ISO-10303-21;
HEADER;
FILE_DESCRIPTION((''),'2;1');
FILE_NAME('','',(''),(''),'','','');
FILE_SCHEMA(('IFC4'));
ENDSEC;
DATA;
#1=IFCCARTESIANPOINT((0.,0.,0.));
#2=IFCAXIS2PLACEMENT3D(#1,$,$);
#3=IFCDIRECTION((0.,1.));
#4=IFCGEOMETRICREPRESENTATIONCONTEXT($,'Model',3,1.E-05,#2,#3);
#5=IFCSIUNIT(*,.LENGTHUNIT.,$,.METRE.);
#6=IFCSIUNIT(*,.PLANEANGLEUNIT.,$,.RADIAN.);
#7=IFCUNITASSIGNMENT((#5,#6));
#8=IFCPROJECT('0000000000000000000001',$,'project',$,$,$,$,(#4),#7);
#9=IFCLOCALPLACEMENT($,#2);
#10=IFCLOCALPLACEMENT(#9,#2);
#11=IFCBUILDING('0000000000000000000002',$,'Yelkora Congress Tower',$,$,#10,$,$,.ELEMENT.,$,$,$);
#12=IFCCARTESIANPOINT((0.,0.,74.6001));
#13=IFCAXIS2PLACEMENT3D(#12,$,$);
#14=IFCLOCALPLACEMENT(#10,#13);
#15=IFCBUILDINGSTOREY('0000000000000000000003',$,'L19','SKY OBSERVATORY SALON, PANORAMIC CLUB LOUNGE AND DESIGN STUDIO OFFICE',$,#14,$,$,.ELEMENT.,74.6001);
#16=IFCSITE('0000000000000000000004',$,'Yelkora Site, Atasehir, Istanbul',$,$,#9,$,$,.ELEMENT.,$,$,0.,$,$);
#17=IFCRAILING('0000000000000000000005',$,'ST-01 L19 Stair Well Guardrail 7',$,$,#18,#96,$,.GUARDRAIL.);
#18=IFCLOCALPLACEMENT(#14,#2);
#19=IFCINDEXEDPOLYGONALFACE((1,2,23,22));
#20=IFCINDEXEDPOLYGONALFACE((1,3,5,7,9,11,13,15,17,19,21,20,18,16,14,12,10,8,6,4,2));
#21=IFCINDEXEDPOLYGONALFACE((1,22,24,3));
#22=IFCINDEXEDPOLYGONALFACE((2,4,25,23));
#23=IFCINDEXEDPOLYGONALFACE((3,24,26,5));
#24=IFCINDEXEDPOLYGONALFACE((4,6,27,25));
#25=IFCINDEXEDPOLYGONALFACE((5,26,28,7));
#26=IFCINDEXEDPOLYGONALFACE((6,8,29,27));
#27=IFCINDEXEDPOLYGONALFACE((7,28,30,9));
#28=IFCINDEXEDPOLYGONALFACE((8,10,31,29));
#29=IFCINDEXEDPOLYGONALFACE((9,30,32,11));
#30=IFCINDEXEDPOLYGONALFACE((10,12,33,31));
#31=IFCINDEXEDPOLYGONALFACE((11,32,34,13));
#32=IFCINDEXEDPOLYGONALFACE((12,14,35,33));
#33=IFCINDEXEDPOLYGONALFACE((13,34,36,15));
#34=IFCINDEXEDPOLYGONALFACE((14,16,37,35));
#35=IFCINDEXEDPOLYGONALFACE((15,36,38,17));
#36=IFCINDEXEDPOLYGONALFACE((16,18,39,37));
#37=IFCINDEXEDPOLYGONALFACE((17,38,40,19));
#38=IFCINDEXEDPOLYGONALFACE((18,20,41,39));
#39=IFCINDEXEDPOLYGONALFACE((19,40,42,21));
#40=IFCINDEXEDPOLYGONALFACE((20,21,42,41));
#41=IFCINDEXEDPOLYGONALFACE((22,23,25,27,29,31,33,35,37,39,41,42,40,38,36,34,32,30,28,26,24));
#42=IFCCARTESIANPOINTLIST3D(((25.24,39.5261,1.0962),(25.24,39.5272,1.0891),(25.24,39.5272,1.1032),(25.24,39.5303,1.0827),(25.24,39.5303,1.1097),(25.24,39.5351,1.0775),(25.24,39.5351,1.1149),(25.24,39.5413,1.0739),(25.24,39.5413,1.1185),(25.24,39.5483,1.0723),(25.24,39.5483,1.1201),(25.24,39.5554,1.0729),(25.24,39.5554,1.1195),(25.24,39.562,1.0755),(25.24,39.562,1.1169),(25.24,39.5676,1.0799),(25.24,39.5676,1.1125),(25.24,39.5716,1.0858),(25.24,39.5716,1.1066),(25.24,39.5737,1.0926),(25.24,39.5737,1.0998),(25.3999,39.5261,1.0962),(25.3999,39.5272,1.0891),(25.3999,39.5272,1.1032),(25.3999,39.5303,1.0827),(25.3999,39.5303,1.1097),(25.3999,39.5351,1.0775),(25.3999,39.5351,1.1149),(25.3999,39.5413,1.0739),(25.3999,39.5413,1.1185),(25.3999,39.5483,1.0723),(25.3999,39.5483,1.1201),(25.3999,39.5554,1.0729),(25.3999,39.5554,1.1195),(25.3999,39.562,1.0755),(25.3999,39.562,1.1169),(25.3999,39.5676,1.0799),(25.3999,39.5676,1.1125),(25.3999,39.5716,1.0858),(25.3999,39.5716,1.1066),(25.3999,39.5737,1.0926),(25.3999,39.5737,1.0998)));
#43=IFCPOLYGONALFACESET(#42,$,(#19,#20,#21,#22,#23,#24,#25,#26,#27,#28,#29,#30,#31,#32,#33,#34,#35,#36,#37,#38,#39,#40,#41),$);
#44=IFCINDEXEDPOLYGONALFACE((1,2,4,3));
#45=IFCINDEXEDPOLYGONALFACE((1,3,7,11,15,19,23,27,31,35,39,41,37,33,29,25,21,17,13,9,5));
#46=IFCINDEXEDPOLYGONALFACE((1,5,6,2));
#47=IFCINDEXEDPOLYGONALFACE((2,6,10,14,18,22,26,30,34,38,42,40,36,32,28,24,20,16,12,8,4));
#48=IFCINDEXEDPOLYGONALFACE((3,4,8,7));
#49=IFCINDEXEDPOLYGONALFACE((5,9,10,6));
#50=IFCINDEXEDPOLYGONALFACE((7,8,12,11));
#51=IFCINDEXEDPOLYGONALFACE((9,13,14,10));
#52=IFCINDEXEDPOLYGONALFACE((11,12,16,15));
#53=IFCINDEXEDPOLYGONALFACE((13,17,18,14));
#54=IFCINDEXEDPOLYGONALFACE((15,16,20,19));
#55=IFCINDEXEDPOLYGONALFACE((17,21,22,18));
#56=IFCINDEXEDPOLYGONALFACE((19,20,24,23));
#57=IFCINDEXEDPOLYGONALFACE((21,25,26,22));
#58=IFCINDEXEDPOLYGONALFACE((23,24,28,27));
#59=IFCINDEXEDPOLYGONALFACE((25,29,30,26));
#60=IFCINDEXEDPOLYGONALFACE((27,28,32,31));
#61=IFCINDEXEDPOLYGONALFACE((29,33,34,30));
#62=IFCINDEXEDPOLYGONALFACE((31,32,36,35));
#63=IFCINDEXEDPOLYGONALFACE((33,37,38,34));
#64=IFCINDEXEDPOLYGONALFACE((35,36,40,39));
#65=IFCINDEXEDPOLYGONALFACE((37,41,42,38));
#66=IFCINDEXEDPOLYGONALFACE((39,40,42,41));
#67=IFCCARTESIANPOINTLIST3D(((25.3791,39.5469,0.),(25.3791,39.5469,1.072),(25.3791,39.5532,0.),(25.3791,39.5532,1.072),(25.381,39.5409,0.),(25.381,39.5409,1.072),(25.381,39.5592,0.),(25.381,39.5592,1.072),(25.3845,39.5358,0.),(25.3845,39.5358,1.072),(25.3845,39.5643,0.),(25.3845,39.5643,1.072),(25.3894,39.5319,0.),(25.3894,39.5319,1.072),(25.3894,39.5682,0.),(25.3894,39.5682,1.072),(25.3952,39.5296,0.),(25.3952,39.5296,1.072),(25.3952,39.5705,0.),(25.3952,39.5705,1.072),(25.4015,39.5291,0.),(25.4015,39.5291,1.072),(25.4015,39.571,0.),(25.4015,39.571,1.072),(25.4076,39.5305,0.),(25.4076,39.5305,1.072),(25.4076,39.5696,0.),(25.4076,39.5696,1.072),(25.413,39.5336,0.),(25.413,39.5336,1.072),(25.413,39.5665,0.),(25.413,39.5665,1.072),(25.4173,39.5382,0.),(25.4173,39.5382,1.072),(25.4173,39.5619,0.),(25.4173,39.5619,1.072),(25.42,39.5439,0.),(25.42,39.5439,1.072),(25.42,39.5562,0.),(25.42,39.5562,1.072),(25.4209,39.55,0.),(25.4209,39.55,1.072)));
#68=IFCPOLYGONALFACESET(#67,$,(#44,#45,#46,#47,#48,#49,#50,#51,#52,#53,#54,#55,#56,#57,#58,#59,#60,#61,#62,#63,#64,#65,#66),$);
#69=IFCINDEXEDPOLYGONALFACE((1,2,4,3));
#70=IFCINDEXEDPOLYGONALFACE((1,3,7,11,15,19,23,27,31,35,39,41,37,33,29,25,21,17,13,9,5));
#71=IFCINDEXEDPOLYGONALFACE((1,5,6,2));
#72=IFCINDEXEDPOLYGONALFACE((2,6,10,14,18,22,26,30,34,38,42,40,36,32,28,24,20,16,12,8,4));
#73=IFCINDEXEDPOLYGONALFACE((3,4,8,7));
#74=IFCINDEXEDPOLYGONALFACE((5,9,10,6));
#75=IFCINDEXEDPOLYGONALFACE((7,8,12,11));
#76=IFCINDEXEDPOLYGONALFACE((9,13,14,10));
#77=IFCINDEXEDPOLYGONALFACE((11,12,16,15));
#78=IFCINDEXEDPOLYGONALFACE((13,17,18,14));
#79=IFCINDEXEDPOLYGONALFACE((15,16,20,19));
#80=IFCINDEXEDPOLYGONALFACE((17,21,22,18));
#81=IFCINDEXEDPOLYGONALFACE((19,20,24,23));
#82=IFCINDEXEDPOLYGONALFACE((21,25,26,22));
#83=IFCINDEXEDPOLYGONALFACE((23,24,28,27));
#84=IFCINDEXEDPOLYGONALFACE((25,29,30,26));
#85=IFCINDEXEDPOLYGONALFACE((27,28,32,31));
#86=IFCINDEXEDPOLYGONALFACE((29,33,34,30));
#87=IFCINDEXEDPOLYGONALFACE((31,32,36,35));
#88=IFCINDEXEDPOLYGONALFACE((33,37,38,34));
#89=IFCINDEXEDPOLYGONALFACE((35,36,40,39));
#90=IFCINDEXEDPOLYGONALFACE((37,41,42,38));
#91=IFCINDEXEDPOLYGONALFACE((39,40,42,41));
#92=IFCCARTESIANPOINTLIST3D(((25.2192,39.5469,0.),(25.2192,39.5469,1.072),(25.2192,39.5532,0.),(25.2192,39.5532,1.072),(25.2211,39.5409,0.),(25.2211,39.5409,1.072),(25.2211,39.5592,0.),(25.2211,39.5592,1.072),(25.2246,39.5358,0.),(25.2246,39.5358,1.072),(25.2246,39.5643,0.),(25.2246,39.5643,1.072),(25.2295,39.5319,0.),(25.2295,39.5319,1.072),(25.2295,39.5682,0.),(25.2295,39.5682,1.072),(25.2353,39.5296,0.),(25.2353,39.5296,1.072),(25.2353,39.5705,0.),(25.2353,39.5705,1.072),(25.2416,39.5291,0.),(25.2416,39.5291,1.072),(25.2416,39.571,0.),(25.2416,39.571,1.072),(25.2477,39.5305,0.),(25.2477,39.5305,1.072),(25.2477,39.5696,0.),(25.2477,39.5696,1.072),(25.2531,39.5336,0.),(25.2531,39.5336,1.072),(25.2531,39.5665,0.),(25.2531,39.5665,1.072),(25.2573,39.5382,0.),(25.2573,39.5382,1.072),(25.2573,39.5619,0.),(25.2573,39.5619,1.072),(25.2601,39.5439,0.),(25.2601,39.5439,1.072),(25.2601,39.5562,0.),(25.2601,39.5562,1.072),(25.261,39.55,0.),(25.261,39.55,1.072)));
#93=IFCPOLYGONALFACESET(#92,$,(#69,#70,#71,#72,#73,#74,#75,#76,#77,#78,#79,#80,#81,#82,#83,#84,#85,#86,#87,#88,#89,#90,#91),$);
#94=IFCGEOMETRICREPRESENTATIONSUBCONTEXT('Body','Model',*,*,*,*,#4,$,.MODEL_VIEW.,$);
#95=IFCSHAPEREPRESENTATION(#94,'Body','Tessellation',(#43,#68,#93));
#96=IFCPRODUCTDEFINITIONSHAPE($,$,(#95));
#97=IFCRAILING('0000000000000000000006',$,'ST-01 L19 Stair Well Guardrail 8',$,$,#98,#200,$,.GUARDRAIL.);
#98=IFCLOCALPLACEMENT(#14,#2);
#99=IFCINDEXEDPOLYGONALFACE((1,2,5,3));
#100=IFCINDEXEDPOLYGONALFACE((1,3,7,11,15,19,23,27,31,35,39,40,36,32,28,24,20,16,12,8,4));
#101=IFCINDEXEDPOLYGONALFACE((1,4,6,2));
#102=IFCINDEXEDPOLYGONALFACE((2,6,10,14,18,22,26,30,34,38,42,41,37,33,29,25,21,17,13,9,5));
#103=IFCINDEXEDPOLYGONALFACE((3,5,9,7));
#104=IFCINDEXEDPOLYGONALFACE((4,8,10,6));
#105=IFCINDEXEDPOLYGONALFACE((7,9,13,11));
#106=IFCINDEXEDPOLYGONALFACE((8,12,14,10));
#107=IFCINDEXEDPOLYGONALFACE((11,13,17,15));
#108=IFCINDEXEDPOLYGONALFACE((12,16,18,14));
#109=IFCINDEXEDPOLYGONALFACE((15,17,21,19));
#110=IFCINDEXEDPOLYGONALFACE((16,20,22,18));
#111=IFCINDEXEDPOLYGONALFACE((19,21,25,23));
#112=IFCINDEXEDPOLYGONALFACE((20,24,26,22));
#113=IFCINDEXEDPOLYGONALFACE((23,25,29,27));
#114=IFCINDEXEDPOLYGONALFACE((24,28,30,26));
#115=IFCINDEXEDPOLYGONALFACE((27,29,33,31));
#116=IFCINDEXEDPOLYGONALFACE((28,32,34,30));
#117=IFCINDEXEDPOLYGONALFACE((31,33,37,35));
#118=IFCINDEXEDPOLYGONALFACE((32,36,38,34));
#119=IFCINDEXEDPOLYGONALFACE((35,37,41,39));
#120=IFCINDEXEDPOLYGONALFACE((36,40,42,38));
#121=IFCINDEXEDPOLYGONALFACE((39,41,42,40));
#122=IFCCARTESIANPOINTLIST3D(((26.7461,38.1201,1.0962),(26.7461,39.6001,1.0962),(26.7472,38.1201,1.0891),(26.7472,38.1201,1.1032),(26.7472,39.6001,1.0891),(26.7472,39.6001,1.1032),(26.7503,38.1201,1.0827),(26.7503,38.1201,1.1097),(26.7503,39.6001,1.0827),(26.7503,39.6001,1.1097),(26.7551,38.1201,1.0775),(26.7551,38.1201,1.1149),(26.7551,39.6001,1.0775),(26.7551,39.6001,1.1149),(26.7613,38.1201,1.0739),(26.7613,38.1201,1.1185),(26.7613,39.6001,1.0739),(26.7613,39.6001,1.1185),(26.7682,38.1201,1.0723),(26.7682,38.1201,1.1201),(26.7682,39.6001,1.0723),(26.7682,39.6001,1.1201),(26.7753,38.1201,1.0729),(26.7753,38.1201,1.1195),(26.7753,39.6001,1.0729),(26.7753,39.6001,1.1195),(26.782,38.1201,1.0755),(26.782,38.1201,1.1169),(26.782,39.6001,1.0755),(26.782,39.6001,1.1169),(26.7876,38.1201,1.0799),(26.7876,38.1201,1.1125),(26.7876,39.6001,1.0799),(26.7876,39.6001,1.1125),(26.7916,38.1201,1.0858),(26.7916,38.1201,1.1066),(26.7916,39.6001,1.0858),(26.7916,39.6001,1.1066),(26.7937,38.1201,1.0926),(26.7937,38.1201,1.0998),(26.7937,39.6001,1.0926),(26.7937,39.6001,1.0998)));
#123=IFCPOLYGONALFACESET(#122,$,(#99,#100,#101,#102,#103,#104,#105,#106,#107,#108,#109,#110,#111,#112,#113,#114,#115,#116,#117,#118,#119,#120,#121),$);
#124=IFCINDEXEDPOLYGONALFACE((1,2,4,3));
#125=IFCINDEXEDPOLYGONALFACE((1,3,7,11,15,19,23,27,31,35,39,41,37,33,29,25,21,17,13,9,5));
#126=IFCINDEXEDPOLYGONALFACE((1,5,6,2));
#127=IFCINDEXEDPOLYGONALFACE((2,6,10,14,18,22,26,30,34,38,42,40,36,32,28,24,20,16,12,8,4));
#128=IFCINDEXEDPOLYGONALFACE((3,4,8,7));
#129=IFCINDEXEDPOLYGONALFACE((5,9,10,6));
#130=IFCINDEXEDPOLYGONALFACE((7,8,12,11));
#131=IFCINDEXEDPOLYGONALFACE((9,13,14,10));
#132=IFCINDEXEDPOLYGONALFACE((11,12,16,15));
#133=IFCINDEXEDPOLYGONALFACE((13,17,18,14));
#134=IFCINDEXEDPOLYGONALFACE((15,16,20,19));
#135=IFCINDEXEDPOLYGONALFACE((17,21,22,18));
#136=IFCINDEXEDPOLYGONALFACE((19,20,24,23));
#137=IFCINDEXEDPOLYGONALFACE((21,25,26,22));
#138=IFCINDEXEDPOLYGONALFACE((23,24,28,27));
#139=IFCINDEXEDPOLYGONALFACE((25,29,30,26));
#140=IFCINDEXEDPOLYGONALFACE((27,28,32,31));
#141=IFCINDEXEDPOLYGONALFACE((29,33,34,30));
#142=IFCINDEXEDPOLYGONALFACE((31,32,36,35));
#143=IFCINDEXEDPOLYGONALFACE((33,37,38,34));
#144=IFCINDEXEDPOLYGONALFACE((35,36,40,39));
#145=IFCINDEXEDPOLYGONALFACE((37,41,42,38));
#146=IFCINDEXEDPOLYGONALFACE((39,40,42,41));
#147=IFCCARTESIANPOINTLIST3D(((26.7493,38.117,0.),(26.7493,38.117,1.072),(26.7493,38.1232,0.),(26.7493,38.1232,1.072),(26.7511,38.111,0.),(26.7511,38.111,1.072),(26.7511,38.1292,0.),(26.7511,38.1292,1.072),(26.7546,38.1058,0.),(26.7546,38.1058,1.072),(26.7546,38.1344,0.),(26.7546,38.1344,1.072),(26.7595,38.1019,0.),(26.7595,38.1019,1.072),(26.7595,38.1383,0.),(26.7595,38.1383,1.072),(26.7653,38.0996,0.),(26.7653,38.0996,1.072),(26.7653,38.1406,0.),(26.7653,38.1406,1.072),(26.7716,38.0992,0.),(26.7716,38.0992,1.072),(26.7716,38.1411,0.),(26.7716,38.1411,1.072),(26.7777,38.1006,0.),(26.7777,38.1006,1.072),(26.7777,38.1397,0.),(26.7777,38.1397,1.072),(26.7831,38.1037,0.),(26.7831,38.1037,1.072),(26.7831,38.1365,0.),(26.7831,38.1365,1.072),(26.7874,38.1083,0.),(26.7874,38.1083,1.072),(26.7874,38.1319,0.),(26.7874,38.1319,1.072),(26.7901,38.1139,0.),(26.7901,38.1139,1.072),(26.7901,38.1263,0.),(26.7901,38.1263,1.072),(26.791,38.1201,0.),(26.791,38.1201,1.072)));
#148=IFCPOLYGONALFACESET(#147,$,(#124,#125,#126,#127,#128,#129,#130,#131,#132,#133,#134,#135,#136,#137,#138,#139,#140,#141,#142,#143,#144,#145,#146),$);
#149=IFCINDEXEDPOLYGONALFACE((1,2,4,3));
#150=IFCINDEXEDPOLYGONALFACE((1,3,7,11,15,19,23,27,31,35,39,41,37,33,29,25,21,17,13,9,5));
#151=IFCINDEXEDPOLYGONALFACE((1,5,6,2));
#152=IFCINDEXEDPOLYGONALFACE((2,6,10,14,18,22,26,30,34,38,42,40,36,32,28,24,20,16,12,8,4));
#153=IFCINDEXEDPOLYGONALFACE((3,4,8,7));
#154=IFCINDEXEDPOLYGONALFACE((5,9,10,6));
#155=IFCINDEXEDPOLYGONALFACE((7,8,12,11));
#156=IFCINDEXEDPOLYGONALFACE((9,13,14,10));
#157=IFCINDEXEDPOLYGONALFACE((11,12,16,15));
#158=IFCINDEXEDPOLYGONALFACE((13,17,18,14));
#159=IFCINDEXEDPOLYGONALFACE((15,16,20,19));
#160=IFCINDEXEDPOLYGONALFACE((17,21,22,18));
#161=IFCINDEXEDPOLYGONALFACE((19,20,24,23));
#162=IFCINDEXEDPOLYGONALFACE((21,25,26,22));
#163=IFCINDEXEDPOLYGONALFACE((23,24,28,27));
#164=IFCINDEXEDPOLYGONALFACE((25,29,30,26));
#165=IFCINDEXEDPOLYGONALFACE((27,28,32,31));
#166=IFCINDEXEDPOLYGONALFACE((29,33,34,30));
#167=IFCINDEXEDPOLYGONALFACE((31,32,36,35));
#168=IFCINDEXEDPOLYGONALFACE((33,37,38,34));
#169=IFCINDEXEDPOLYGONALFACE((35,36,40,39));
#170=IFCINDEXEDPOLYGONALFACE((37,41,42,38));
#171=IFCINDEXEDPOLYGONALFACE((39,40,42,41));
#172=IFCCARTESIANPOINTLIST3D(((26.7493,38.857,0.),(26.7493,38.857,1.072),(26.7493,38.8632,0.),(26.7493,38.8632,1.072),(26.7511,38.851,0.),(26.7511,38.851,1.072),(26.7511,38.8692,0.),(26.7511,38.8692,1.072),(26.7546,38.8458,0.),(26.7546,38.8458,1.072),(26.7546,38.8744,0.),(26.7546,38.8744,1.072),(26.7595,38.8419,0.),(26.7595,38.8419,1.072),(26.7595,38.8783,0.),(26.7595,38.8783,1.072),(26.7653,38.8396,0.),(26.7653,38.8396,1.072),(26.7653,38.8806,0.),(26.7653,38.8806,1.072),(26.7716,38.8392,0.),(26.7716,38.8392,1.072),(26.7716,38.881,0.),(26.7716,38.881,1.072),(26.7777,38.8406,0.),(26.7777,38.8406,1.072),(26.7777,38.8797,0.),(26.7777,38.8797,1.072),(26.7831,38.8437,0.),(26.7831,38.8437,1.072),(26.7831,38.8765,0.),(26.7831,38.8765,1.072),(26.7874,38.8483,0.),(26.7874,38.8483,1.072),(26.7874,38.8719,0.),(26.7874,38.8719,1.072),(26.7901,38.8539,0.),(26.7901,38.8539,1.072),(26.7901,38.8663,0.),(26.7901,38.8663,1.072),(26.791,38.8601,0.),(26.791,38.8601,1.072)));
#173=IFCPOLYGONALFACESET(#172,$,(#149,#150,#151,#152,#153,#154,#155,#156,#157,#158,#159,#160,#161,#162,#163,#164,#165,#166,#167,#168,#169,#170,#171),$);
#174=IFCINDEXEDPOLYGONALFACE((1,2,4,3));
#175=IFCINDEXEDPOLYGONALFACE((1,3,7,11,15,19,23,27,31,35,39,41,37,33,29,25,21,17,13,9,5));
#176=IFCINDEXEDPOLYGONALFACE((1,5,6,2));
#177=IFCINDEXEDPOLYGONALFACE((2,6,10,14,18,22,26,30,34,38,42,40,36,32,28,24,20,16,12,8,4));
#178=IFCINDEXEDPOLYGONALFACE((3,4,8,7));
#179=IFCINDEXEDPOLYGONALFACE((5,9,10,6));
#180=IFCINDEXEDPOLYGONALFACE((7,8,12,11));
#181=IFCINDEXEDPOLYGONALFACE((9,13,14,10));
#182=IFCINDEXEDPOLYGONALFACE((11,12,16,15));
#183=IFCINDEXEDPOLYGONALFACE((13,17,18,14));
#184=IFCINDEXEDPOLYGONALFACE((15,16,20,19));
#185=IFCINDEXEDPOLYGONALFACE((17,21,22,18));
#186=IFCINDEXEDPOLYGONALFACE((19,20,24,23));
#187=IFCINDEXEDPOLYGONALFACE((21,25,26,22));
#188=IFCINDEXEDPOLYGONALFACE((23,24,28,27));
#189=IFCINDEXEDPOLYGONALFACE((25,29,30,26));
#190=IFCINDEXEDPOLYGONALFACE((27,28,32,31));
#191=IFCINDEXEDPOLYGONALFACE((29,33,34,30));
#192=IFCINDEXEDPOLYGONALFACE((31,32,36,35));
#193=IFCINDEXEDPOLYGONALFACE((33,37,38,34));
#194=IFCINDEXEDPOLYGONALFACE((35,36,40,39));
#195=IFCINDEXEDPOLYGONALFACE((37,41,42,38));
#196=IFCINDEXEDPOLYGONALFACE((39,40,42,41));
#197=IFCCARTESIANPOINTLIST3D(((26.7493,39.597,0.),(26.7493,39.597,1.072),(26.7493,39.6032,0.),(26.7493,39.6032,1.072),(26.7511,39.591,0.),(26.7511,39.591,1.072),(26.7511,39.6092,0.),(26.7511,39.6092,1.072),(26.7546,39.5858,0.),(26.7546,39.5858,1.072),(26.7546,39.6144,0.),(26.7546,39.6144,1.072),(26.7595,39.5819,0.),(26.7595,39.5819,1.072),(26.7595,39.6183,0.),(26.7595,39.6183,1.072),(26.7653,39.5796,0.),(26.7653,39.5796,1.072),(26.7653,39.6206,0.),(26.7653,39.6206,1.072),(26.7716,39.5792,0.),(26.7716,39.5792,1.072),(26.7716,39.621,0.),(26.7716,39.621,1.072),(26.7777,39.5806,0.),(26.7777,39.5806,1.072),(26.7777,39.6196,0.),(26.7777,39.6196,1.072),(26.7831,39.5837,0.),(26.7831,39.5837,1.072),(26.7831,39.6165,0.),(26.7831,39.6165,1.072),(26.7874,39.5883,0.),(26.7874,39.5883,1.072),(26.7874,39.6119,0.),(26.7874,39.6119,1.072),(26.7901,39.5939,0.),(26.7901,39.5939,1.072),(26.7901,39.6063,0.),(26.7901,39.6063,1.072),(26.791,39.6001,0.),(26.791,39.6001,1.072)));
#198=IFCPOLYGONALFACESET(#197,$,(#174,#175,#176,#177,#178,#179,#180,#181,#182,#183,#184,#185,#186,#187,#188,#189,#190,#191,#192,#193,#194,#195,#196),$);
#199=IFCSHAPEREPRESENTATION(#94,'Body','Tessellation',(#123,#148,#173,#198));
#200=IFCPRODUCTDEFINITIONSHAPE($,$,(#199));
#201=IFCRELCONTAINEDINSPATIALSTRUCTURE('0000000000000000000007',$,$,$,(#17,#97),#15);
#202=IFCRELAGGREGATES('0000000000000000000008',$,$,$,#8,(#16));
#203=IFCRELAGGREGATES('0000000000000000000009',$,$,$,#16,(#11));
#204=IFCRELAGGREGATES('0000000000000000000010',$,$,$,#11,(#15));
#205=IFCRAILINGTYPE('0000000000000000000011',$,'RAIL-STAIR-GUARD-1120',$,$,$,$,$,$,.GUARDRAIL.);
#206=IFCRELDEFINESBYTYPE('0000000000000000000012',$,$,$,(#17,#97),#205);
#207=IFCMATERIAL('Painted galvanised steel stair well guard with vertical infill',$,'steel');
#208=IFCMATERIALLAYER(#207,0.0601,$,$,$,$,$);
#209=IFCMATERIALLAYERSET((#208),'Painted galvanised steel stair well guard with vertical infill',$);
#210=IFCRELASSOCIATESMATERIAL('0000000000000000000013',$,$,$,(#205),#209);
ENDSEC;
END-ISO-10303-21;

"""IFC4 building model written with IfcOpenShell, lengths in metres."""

from ifc_helpers import new_model, si_unit, direction, frame, origin, origin_2d, place, context, subcontext, project, spatial, circle, extrude, material, layer, layer_set, type_object, element, save


model = new_model("IFC4")

# Units and contexts
model_context = context("Model", 3, precision=1e-05, world=origin(), true_north=direction((0.0, 1.0)))
body_context = subcontext(model_context, "Body", "Model", "MODEL_VIEW")
ifc_project = project(units=[si_unit("LENGTHUNIT", "METRE"), si_unit("PLANEANGLEUNIT", "RADIAN")], contexts=[model_context])

# Site, building, storey
site_placement = place(None, origin())
site = spatial("IfcSite", under=ifc_project, at=site_placement, Name="Yelkora Site, Atasehir, Istanbul", CompositionType="ELEMENT", RefElevation=0.0)
building_placement = place(site_placement, origin())
building = spatial("IfcBuilding", under=site, at=building_placement, Name="Yelkora Congress Tower", CompositionType="ELEMENT")
storey_placement = place(building_placement, frame((0.0, 0.0, 74.6001)))
storey = spatial("IfcBuildingStorey", under=building, at=storey_placement, Name="L19", Description="SKY OBSERVATORY SALON, PANORAMIC CLUB LOUNGE AND DESIGN STUDIO OFFICE", CompositionType="ELEMENT", Elevation=74.6001)

# Railings
ifc_material_1 = material(Name="Painted galvanised steel stair well guard with vertical infill", Category="steel")
ifc_layer_1 = layer(ifc_material_1, 0.0601)
ifc_layer_set_1 = layer_set([ifc_layer_1], Name="Painted galvanised steel stair well guard with vertical infill")
railing_type_1 = type_object("IfcRailingType", Name="RAIL-STAIR-GUARD-1120", PredefinedType="GUARDRAIL", material=ifc_layer_set_1)
railing_1_placement = place(storey_placement, frame((25.3999, 39.55, 0.0)))
element("IfcRailing", 1, at=railing_1_placement, inside=storey, type_object=railing_type_1, Name="ST-01 L19 Stair Well Guardrail 7", PredefinedType="GUARDRAIL", context=body_context, shape_type="SweptSolid", body=[
    extrude(circle(Radius=0.0239, at=origin_2d()), frame((0.0, 0.0, 1.0962), z_axis=(-1.0, 0.0, 0.0), x_axis=(0.0, -1.0, 0.0)), (0.0, 0.0, 1.0), 0.1599),
    extrude(circle(Radius=0.021, at=origin_2d()), origin(), (0.0, 0.0, 1.0), 1.072),
    extrude(circle(Radius=0.021, at=origin_2d()), frame((-0.1599, 0.0, 0.0)), (0.0, 0.0, 1.0), 1.072),
])
for number, where, name in (
    (2, (26.77, 38.1201, 0.0), "ST-01 L19 Stair Well Guardrail 8"),
):
    element("IfcRailing", number, at=place(storey_placement, frame(where)), inside=storey, type_object=railing_type_1, Name=name, PredefinedType="GUARDRAIL", context=body_context, shape_type="SweptSolid", body=[
        extrude(circle(Radius=0.0239, at=origin_2d()), frame((0.0, 0.0, 1.0962), z_axis=(0.0, 1.0, 0.0), x_axis=(-1.0, 0.0, 0.0)), (0.0, 0.0, 1.0), 1.48),
        extrude(circle(Radius=0.021, at=origin_2d()), origin(), (0.0, 0.0, 1.0), 1.072),
        extrude(circle(Radius=0.021, at=origin_2d()), frame((0.0, 0.74, 0.0)), (0.0, 0.0, 1.0), 1.072),
        extrude(circle(Radius=0.021, at=origin_2d()), frame((0.0, 1.48, 0.0)), (0.0, 0.0, 1.0), 1.072),
    ])

save(model, "model.ifc")
